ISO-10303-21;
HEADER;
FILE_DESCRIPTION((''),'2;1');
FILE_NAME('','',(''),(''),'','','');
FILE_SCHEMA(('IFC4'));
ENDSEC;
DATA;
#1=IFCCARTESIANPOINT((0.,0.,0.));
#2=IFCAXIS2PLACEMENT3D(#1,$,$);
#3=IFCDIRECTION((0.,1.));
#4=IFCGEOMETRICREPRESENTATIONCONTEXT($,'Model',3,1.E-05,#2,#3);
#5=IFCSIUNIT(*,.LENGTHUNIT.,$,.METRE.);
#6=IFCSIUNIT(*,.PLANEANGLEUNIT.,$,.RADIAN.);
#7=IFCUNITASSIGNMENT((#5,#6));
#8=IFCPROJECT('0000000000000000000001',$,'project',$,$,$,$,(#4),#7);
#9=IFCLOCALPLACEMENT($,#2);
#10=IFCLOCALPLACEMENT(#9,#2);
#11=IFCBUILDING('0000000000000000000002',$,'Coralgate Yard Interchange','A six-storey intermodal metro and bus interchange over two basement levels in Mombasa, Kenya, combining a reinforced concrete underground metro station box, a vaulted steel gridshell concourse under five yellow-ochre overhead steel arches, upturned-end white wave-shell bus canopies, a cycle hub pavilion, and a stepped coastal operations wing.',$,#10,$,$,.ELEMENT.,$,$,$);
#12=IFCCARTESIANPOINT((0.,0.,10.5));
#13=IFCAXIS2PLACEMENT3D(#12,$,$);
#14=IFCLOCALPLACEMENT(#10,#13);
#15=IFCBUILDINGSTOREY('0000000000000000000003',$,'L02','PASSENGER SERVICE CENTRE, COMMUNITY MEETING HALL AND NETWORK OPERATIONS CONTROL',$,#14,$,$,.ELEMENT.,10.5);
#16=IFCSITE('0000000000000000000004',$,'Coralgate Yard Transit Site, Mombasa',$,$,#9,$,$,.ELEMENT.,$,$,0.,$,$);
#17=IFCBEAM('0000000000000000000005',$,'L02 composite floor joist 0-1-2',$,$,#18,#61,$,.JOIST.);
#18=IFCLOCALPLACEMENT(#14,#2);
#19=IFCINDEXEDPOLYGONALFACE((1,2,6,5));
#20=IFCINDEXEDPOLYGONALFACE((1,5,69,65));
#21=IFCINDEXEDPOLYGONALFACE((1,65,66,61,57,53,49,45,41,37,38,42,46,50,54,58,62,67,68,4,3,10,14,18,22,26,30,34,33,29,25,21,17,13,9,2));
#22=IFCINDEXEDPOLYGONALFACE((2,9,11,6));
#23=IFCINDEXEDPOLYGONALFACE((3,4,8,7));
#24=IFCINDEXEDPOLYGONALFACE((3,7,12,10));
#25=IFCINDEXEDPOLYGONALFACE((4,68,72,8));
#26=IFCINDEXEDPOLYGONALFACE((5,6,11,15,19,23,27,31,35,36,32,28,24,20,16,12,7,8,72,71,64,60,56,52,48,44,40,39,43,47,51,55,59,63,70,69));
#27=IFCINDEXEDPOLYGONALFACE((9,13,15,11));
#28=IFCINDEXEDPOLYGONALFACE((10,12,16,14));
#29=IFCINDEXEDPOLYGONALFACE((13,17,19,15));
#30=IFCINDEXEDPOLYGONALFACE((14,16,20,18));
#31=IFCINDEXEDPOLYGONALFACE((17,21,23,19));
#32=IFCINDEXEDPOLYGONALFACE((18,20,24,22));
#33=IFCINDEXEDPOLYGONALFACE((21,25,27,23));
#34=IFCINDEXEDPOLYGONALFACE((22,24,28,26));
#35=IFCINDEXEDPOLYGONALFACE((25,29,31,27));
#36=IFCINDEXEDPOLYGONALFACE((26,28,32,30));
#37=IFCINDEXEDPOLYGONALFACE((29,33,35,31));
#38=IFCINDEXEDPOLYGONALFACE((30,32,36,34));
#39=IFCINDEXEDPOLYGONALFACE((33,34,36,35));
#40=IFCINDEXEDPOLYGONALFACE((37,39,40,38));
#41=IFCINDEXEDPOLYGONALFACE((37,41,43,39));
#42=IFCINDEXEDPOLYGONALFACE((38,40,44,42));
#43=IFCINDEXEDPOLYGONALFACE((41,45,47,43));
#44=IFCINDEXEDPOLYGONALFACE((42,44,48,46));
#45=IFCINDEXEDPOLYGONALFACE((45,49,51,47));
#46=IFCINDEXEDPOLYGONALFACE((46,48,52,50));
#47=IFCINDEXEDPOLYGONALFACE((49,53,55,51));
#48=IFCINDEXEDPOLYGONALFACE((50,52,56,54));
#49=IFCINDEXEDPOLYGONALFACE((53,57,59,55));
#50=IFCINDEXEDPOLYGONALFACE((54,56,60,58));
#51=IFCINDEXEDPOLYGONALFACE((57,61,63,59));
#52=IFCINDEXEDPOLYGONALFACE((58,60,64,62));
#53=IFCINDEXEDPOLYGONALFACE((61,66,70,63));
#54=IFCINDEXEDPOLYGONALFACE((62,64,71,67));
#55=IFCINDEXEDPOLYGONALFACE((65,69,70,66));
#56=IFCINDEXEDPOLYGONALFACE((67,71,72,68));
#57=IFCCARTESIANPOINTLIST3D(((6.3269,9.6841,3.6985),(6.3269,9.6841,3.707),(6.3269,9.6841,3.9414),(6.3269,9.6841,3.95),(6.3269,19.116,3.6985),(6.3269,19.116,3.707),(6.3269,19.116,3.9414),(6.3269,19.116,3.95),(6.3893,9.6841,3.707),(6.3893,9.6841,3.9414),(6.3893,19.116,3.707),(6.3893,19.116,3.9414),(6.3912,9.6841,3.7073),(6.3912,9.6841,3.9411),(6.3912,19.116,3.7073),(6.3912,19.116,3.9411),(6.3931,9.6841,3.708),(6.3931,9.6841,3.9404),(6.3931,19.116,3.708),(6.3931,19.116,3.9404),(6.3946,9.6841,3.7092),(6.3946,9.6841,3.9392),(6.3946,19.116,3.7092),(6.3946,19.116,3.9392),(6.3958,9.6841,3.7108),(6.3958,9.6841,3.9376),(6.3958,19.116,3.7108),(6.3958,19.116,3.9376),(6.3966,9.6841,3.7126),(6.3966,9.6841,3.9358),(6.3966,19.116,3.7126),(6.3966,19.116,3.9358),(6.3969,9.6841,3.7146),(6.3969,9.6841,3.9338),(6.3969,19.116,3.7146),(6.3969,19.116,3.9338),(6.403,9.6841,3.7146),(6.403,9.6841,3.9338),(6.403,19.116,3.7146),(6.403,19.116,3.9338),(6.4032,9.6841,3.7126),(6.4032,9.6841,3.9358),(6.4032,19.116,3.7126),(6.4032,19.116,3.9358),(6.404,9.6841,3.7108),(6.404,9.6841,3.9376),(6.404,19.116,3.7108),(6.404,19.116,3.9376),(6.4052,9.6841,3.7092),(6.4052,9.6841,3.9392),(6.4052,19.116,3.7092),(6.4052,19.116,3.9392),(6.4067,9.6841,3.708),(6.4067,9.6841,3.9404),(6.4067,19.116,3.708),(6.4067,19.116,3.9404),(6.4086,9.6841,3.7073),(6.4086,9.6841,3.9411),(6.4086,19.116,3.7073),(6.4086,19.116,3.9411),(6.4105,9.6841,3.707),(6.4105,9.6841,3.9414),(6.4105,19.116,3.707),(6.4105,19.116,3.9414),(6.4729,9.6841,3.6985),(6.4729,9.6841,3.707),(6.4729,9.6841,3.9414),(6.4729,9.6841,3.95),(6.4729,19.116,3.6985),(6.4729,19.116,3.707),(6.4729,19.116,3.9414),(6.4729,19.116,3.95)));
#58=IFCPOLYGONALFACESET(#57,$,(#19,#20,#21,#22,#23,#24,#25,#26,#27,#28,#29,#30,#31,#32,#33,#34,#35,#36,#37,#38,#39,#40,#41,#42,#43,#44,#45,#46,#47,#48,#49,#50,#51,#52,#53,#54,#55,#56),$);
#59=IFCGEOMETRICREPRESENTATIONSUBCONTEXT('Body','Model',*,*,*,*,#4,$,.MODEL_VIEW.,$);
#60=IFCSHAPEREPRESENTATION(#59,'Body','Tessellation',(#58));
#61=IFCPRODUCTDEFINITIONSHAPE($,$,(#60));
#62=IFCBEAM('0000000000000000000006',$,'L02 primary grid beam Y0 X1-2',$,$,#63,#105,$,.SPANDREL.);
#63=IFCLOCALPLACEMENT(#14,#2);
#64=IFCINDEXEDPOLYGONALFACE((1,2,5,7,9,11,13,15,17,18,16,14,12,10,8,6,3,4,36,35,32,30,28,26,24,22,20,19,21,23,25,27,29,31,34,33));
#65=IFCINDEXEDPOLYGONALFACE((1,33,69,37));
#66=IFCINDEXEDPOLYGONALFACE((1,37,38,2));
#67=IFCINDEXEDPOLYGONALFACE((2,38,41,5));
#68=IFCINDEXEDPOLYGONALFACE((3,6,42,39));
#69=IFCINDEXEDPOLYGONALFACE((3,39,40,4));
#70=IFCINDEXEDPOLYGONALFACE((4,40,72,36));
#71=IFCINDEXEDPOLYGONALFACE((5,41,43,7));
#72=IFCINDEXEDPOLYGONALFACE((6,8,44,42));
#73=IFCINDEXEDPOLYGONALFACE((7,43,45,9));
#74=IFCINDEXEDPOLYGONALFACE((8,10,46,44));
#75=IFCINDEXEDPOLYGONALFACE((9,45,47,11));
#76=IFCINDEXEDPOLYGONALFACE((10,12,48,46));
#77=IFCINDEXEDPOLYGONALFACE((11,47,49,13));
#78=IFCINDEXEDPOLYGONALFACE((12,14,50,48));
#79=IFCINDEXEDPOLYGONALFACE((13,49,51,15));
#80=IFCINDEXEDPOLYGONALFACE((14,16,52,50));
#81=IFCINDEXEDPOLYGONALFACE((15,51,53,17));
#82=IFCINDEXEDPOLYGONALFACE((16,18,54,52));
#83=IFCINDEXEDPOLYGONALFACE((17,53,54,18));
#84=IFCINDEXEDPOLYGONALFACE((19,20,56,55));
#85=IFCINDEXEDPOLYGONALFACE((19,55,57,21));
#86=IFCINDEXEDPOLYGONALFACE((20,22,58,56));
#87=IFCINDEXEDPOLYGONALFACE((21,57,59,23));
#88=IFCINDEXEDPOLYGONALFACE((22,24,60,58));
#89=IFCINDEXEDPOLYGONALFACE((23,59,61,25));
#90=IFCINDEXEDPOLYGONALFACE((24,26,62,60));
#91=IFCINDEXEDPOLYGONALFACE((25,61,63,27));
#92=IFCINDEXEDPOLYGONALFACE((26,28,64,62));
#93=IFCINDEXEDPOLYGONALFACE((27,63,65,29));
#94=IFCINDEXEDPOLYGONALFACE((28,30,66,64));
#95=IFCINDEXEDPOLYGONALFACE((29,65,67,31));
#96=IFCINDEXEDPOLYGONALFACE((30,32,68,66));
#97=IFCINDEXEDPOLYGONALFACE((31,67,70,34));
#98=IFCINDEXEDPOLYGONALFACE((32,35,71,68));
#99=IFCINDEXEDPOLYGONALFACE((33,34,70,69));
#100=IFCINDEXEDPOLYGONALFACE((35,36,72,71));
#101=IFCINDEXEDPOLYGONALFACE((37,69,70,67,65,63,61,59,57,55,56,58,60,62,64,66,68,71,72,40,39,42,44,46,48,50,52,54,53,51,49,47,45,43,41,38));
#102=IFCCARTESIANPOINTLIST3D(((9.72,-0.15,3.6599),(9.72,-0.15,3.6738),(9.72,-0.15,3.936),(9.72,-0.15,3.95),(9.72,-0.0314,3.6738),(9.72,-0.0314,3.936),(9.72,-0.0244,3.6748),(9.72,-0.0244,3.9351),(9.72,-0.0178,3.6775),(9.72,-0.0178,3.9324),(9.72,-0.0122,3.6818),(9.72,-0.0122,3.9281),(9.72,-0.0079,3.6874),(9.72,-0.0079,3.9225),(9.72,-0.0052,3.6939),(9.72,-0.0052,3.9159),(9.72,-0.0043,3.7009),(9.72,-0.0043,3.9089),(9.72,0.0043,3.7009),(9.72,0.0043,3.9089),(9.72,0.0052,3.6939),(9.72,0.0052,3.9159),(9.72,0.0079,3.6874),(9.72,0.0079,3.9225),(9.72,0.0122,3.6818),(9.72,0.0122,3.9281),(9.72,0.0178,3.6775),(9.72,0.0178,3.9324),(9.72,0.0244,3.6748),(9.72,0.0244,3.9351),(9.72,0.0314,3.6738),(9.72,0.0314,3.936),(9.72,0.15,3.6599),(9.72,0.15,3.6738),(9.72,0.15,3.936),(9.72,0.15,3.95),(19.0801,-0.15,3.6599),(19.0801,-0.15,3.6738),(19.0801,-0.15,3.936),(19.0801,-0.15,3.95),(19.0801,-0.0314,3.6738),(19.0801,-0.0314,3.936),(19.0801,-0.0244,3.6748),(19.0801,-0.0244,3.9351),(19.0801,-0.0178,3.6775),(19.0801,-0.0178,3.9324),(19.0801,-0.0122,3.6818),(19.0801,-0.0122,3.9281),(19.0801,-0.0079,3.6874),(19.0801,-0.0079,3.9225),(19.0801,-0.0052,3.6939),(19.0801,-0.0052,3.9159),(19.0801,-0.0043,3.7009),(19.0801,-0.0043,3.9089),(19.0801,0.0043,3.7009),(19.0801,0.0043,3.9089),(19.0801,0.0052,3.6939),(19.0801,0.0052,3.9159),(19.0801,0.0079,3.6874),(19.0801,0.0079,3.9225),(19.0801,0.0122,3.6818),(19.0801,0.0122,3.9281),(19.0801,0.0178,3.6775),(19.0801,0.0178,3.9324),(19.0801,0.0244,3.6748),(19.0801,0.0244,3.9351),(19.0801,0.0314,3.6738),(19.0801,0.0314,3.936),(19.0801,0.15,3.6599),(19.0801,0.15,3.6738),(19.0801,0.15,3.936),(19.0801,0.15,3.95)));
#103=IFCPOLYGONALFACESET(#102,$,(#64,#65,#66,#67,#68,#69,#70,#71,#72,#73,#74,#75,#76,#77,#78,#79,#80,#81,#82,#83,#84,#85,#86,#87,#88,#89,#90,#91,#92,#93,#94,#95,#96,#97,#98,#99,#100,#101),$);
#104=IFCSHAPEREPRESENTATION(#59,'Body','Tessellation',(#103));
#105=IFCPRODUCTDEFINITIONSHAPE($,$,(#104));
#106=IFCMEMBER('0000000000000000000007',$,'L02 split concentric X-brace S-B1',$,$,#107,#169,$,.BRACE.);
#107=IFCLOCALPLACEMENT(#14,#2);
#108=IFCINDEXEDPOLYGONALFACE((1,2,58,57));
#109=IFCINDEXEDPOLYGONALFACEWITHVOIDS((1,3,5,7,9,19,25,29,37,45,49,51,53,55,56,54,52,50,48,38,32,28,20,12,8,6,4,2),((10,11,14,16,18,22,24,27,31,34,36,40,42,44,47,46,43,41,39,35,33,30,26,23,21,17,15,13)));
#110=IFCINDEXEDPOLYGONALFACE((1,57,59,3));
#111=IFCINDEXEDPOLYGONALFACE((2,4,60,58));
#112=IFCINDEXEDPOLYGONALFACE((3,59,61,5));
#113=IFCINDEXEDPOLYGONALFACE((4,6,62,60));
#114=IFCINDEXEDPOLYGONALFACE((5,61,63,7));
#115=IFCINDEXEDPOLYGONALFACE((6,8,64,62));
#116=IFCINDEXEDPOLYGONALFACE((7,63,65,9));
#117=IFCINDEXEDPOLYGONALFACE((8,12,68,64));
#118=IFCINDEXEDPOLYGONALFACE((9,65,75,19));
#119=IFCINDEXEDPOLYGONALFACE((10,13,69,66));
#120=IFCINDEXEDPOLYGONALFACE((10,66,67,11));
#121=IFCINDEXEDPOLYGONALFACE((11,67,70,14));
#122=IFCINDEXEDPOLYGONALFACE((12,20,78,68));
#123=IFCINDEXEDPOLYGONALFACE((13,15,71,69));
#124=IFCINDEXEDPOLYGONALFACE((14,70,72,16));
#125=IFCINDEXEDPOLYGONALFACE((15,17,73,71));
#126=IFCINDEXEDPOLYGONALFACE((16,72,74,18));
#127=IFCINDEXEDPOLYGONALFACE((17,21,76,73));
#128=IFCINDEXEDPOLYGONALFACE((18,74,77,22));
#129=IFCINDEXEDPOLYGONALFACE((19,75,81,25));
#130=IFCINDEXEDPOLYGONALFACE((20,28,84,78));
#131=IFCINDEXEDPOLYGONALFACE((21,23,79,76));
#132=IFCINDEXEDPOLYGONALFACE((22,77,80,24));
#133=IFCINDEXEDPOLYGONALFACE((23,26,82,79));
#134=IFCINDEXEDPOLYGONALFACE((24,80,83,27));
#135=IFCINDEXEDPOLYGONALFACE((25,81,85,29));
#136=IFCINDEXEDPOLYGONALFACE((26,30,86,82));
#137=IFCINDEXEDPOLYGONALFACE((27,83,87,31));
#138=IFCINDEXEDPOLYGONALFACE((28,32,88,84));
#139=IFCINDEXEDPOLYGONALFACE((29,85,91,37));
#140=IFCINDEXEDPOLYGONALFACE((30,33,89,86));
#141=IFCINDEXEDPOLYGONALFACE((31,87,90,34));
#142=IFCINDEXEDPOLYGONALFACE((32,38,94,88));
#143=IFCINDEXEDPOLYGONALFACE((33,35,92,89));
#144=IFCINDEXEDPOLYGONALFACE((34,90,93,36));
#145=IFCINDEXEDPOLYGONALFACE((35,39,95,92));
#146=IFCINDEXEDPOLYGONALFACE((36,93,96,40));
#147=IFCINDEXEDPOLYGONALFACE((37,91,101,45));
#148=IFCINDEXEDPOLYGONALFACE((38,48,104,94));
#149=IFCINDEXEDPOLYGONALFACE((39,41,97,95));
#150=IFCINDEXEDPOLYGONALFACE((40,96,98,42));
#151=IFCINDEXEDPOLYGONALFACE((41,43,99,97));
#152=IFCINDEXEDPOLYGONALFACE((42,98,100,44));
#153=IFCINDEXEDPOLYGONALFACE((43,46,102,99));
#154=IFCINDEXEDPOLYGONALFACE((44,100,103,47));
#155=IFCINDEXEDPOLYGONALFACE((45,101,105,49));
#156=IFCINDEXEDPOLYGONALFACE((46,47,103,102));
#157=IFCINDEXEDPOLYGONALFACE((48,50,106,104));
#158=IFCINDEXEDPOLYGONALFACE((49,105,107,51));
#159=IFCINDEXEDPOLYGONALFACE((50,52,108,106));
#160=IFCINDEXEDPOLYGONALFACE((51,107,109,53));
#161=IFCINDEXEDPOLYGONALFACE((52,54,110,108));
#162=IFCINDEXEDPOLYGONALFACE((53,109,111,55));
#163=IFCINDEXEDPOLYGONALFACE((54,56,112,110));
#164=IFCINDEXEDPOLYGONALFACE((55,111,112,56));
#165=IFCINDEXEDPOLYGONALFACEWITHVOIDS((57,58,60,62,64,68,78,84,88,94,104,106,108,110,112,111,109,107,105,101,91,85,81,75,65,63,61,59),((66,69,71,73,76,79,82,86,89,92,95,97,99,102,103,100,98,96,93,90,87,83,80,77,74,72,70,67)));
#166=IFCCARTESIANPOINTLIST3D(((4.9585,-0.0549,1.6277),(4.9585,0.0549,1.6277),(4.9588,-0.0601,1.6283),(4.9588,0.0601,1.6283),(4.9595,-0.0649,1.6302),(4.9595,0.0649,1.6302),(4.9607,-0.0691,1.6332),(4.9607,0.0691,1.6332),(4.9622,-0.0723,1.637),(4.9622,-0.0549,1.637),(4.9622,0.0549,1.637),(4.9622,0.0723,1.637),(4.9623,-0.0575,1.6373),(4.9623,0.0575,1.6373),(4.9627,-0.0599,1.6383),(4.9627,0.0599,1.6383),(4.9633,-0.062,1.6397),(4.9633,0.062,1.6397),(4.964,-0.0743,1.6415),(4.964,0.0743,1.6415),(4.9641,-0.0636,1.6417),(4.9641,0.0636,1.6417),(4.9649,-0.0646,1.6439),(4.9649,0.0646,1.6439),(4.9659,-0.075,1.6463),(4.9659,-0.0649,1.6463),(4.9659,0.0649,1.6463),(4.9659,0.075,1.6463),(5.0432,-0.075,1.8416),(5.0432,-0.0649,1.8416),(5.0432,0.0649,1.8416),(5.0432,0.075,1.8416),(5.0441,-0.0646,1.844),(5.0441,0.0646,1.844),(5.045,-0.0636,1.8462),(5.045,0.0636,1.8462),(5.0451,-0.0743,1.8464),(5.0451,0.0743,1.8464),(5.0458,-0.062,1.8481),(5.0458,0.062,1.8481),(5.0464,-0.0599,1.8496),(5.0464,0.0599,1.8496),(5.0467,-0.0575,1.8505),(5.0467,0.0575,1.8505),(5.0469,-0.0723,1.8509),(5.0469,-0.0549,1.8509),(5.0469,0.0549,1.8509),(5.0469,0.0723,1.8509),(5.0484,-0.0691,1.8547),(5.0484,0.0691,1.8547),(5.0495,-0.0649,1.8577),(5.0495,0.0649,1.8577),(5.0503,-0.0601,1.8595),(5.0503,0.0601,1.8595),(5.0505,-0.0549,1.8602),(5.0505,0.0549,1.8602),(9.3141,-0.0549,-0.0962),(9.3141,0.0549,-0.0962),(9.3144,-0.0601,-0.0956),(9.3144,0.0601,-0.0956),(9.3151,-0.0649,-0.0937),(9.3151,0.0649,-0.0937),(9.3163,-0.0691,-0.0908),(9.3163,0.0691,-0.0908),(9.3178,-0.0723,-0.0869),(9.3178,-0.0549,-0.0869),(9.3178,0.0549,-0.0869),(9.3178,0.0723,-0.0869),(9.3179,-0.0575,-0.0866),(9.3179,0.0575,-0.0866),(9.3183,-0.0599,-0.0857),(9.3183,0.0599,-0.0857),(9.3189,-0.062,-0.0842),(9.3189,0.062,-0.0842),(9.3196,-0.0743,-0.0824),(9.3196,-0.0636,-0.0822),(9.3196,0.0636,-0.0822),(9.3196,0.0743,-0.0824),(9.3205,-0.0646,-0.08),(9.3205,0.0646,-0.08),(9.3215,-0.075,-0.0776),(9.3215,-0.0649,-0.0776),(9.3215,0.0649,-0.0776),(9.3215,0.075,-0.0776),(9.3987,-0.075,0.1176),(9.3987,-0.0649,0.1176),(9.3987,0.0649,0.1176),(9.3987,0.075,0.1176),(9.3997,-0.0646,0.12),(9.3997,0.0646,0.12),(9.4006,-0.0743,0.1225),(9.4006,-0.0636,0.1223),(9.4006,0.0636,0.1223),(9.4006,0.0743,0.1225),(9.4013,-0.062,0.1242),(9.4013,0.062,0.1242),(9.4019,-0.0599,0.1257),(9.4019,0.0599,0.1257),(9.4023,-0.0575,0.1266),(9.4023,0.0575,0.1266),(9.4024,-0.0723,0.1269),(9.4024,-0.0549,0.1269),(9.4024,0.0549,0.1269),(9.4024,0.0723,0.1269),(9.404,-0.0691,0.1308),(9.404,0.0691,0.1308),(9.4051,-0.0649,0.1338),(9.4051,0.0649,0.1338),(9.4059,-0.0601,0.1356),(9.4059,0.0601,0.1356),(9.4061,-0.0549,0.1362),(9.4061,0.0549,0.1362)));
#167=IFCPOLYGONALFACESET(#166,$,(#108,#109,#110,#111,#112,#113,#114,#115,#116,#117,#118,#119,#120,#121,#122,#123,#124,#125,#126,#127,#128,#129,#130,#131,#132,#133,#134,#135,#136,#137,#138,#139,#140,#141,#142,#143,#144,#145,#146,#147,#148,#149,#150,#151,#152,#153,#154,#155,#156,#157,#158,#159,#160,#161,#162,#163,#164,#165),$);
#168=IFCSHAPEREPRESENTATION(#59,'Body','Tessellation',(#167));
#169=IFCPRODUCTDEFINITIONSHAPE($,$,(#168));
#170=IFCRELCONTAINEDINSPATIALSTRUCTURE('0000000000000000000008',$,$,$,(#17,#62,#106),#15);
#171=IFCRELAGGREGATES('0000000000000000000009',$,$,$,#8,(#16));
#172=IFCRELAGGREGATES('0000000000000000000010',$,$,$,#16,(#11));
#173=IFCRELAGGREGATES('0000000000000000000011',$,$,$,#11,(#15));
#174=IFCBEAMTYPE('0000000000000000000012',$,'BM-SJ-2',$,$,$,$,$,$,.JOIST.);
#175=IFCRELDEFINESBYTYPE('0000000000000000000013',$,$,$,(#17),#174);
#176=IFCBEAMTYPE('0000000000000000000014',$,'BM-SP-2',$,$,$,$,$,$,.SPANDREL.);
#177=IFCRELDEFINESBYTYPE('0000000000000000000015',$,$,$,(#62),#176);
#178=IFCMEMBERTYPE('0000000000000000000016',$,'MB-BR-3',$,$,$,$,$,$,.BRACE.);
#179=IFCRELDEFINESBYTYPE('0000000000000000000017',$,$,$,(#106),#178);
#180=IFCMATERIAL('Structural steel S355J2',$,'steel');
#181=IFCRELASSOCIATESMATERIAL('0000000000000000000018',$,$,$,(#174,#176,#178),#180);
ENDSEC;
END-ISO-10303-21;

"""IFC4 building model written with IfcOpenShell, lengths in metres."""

from ifc_helpers import new_model, si_unit, direction, frame, origin, origin_2d, place, context, subcontext, project, spatial, hollow_rectangle, i_section, extrude, material, material_profile, profile_set, type_object, element, save


model = new_model("IFC4")

# Units and contexts
model_context = context("Model", 3, precision=1e-05, world=origin(), true_north=direction((0.0, 1.0)))
body_context = subcontext(model_context, "Body", "Model", "MODEL_VIEW")
ifc_project = project(units=[si_unit("LENGTHUNIT", "METRE"), si_unit("PLANEANGLEUNIT", "RADIAN")], contexts=[model_context])

# Site, building, storey
site_placement = place(None, origin())
site = spatial("IfcSite", under=ifc_project, at=site_placement, Name="Coralgate Yard Transit Site, Mombasa", CompositionType="ELEMENT", RefElevation=0.0)
building_placement = place(site_placement, origin())
building = spatial("IfcBuilding", under=site, at=building_placement, Name="Coralgate Yard Interchange", Description="A six-storey intermodal metro and bus interchange over two basement levels in Mombasa, Kenya, combining a reinforced concrete underground metro station box, a vaulted steel gridshell concourse under five yellow-ochre overhead steel arches, upturned-end white wave-shell bus canopies, a cycle hub pavilion, and a stepped coastal operations wing.", CompositionType="ELEMENT")
storey_placement = place(building_placement, frame((0.0, 0.0, 10.5)))
storey = spatial("IfcBuildingStorey", under=building, at=storey_placement, Name="L02", Description="PASSENGER SERVICE CENTRE, COMMUNITY MEETING HALL AND NETWORK OPERATIONS CONTROL", CompositionType="ELEMENT", Elevation=10.5)

# Shared definitions
ifc_material_1 = material(Name="Structural steel S355J2", Category="steel")

# Beams
ifc_material_profile_1 = material_profile(ifc_material_1, i_section(OverallWidth=0.146, OverallDepth=0.2515, WebThickness=0.0061, FlangeThickness=0.0085, FilletRadius=0.0076, at=origin_2d()), Name="UB 254x146x31")
ifc_profile_set_1 = profile_set([ifc_material_profile_1], Name="Structural steel S355J2")
beam_type_1 = type_object("IfcBeamType", Name="BM-SJ-2", PredefinedType="JOIST", material=ifc_profile_set_1)
for number, where, z_axis, x_axis, name in (
    (1, (6.3999, 9.6841, 3.8242), (0.0, 1.0, 0.0), (-1.0, 0.0, 0.0), "L02 composite floor joist 0-1-2"),
):
    element("IfcBeam", number, at=place(storey_placement, frame(where, z_axis=z_axis, x_axis=x_axis)), inside=storey, type_object=beam_type_1, Name=name, PredefinedType="JOIST", context=body_context, shape_type="SweptSolid", body=[
        extrude(i_section(OverallWidth=0.146, OverallDepth=0.2515, WebThickness=0.0061, FlangeThickness=0.0085, FilletRadius=0.0076, at=origin_2d()), origin(), (0.0, 0.0, 1.0), 9.4319),
    ])
ifc_material_profile_2 = material_profile(ifc_material_1, i_section(OverallWidth=0.3, OverallDepth=0.29, WebThickness=0.0085, FlangeThickness=0.0139, FilletRadius=0.0271, at=origin_2d()), Name="HEA 300")
ifc_profile_set_2 = profile_set([ifc_material_profile_2], Name="Structural steel S355J2")
beam_type_2 = type_object("IfcBeamType", Name="BM-SP-2", PredefinedType="SPANDREL", material=ifc_profile_set_2)
beam_1_placement = place(storey_placement, frame((9.72, 0.0, 3.8049), z_axis=(1.0, 0.0, 0.0), x_axis=(0.0, 1.0, 0.0)))
element("IfcBeam", 2, at=beam_1_placement, inside=storey, type_object=beam_type_2, Name="L02 primary grid beam Y0 X1-2", PredefinedType="SPANDREL", context=body_context, shape_type="SweptSolid", body=[
    extrude(i_section(OverallWidth=0.3, OverallDepth=0.29, WebThickness=0.0085, FlangeThickness=0.0139, FilletRadius=0.0271, at=origin_2d()), origin(), (0.0, 0.0, 1.0), 9.3601),
])

# Member
ifc_material_profile_3 = material_profile(ifc_material_1, hollow_rectangle(XDim=0.1499, YDim=0.25, WallThickness=0.01, InnerFilletRadius=0.01, OuterFilletRadius=0.02, at=origin_2d()), Name="RHS 250x150x10")
ifc_profile_set_3 = profile_set([ifc_material_profile_3], Name="Structural steel S355J2")
member_type_1 = type_object("IfcMemberType", Name="MB-BR-3", PredefinedType="BRACE", material=ifc_profile_set_3)
for number, where, z_axis, x_axis, name in (
    (3, (9.3601, 0.0, 0.02), (-0.929819, 0.0, 0.368018), (0.0, -1.0, 0.0), "L02 split concentric X-brace S-B1"),
):
    element("IfcMember", number, at=place(storey_placement, frame(where, z_axis=z_axis, x_axis=x_axis)), inside=storey, type_object=member_type_1, Name=name, PredefinedType="BRACE", context=body_context, shape_type="SweptSolid", body=[
        extrude(hollow_rectangle(XDim=0.1499, YDim=0.25, WallThickness=0.01, InnerFilletRadius=0.01, OuterFilletRadius=0.02, at=origin_2d()), origin(), (0.0, 0.0, 1.0), 4.6843),
    ])

save(model, "model.ifc")
